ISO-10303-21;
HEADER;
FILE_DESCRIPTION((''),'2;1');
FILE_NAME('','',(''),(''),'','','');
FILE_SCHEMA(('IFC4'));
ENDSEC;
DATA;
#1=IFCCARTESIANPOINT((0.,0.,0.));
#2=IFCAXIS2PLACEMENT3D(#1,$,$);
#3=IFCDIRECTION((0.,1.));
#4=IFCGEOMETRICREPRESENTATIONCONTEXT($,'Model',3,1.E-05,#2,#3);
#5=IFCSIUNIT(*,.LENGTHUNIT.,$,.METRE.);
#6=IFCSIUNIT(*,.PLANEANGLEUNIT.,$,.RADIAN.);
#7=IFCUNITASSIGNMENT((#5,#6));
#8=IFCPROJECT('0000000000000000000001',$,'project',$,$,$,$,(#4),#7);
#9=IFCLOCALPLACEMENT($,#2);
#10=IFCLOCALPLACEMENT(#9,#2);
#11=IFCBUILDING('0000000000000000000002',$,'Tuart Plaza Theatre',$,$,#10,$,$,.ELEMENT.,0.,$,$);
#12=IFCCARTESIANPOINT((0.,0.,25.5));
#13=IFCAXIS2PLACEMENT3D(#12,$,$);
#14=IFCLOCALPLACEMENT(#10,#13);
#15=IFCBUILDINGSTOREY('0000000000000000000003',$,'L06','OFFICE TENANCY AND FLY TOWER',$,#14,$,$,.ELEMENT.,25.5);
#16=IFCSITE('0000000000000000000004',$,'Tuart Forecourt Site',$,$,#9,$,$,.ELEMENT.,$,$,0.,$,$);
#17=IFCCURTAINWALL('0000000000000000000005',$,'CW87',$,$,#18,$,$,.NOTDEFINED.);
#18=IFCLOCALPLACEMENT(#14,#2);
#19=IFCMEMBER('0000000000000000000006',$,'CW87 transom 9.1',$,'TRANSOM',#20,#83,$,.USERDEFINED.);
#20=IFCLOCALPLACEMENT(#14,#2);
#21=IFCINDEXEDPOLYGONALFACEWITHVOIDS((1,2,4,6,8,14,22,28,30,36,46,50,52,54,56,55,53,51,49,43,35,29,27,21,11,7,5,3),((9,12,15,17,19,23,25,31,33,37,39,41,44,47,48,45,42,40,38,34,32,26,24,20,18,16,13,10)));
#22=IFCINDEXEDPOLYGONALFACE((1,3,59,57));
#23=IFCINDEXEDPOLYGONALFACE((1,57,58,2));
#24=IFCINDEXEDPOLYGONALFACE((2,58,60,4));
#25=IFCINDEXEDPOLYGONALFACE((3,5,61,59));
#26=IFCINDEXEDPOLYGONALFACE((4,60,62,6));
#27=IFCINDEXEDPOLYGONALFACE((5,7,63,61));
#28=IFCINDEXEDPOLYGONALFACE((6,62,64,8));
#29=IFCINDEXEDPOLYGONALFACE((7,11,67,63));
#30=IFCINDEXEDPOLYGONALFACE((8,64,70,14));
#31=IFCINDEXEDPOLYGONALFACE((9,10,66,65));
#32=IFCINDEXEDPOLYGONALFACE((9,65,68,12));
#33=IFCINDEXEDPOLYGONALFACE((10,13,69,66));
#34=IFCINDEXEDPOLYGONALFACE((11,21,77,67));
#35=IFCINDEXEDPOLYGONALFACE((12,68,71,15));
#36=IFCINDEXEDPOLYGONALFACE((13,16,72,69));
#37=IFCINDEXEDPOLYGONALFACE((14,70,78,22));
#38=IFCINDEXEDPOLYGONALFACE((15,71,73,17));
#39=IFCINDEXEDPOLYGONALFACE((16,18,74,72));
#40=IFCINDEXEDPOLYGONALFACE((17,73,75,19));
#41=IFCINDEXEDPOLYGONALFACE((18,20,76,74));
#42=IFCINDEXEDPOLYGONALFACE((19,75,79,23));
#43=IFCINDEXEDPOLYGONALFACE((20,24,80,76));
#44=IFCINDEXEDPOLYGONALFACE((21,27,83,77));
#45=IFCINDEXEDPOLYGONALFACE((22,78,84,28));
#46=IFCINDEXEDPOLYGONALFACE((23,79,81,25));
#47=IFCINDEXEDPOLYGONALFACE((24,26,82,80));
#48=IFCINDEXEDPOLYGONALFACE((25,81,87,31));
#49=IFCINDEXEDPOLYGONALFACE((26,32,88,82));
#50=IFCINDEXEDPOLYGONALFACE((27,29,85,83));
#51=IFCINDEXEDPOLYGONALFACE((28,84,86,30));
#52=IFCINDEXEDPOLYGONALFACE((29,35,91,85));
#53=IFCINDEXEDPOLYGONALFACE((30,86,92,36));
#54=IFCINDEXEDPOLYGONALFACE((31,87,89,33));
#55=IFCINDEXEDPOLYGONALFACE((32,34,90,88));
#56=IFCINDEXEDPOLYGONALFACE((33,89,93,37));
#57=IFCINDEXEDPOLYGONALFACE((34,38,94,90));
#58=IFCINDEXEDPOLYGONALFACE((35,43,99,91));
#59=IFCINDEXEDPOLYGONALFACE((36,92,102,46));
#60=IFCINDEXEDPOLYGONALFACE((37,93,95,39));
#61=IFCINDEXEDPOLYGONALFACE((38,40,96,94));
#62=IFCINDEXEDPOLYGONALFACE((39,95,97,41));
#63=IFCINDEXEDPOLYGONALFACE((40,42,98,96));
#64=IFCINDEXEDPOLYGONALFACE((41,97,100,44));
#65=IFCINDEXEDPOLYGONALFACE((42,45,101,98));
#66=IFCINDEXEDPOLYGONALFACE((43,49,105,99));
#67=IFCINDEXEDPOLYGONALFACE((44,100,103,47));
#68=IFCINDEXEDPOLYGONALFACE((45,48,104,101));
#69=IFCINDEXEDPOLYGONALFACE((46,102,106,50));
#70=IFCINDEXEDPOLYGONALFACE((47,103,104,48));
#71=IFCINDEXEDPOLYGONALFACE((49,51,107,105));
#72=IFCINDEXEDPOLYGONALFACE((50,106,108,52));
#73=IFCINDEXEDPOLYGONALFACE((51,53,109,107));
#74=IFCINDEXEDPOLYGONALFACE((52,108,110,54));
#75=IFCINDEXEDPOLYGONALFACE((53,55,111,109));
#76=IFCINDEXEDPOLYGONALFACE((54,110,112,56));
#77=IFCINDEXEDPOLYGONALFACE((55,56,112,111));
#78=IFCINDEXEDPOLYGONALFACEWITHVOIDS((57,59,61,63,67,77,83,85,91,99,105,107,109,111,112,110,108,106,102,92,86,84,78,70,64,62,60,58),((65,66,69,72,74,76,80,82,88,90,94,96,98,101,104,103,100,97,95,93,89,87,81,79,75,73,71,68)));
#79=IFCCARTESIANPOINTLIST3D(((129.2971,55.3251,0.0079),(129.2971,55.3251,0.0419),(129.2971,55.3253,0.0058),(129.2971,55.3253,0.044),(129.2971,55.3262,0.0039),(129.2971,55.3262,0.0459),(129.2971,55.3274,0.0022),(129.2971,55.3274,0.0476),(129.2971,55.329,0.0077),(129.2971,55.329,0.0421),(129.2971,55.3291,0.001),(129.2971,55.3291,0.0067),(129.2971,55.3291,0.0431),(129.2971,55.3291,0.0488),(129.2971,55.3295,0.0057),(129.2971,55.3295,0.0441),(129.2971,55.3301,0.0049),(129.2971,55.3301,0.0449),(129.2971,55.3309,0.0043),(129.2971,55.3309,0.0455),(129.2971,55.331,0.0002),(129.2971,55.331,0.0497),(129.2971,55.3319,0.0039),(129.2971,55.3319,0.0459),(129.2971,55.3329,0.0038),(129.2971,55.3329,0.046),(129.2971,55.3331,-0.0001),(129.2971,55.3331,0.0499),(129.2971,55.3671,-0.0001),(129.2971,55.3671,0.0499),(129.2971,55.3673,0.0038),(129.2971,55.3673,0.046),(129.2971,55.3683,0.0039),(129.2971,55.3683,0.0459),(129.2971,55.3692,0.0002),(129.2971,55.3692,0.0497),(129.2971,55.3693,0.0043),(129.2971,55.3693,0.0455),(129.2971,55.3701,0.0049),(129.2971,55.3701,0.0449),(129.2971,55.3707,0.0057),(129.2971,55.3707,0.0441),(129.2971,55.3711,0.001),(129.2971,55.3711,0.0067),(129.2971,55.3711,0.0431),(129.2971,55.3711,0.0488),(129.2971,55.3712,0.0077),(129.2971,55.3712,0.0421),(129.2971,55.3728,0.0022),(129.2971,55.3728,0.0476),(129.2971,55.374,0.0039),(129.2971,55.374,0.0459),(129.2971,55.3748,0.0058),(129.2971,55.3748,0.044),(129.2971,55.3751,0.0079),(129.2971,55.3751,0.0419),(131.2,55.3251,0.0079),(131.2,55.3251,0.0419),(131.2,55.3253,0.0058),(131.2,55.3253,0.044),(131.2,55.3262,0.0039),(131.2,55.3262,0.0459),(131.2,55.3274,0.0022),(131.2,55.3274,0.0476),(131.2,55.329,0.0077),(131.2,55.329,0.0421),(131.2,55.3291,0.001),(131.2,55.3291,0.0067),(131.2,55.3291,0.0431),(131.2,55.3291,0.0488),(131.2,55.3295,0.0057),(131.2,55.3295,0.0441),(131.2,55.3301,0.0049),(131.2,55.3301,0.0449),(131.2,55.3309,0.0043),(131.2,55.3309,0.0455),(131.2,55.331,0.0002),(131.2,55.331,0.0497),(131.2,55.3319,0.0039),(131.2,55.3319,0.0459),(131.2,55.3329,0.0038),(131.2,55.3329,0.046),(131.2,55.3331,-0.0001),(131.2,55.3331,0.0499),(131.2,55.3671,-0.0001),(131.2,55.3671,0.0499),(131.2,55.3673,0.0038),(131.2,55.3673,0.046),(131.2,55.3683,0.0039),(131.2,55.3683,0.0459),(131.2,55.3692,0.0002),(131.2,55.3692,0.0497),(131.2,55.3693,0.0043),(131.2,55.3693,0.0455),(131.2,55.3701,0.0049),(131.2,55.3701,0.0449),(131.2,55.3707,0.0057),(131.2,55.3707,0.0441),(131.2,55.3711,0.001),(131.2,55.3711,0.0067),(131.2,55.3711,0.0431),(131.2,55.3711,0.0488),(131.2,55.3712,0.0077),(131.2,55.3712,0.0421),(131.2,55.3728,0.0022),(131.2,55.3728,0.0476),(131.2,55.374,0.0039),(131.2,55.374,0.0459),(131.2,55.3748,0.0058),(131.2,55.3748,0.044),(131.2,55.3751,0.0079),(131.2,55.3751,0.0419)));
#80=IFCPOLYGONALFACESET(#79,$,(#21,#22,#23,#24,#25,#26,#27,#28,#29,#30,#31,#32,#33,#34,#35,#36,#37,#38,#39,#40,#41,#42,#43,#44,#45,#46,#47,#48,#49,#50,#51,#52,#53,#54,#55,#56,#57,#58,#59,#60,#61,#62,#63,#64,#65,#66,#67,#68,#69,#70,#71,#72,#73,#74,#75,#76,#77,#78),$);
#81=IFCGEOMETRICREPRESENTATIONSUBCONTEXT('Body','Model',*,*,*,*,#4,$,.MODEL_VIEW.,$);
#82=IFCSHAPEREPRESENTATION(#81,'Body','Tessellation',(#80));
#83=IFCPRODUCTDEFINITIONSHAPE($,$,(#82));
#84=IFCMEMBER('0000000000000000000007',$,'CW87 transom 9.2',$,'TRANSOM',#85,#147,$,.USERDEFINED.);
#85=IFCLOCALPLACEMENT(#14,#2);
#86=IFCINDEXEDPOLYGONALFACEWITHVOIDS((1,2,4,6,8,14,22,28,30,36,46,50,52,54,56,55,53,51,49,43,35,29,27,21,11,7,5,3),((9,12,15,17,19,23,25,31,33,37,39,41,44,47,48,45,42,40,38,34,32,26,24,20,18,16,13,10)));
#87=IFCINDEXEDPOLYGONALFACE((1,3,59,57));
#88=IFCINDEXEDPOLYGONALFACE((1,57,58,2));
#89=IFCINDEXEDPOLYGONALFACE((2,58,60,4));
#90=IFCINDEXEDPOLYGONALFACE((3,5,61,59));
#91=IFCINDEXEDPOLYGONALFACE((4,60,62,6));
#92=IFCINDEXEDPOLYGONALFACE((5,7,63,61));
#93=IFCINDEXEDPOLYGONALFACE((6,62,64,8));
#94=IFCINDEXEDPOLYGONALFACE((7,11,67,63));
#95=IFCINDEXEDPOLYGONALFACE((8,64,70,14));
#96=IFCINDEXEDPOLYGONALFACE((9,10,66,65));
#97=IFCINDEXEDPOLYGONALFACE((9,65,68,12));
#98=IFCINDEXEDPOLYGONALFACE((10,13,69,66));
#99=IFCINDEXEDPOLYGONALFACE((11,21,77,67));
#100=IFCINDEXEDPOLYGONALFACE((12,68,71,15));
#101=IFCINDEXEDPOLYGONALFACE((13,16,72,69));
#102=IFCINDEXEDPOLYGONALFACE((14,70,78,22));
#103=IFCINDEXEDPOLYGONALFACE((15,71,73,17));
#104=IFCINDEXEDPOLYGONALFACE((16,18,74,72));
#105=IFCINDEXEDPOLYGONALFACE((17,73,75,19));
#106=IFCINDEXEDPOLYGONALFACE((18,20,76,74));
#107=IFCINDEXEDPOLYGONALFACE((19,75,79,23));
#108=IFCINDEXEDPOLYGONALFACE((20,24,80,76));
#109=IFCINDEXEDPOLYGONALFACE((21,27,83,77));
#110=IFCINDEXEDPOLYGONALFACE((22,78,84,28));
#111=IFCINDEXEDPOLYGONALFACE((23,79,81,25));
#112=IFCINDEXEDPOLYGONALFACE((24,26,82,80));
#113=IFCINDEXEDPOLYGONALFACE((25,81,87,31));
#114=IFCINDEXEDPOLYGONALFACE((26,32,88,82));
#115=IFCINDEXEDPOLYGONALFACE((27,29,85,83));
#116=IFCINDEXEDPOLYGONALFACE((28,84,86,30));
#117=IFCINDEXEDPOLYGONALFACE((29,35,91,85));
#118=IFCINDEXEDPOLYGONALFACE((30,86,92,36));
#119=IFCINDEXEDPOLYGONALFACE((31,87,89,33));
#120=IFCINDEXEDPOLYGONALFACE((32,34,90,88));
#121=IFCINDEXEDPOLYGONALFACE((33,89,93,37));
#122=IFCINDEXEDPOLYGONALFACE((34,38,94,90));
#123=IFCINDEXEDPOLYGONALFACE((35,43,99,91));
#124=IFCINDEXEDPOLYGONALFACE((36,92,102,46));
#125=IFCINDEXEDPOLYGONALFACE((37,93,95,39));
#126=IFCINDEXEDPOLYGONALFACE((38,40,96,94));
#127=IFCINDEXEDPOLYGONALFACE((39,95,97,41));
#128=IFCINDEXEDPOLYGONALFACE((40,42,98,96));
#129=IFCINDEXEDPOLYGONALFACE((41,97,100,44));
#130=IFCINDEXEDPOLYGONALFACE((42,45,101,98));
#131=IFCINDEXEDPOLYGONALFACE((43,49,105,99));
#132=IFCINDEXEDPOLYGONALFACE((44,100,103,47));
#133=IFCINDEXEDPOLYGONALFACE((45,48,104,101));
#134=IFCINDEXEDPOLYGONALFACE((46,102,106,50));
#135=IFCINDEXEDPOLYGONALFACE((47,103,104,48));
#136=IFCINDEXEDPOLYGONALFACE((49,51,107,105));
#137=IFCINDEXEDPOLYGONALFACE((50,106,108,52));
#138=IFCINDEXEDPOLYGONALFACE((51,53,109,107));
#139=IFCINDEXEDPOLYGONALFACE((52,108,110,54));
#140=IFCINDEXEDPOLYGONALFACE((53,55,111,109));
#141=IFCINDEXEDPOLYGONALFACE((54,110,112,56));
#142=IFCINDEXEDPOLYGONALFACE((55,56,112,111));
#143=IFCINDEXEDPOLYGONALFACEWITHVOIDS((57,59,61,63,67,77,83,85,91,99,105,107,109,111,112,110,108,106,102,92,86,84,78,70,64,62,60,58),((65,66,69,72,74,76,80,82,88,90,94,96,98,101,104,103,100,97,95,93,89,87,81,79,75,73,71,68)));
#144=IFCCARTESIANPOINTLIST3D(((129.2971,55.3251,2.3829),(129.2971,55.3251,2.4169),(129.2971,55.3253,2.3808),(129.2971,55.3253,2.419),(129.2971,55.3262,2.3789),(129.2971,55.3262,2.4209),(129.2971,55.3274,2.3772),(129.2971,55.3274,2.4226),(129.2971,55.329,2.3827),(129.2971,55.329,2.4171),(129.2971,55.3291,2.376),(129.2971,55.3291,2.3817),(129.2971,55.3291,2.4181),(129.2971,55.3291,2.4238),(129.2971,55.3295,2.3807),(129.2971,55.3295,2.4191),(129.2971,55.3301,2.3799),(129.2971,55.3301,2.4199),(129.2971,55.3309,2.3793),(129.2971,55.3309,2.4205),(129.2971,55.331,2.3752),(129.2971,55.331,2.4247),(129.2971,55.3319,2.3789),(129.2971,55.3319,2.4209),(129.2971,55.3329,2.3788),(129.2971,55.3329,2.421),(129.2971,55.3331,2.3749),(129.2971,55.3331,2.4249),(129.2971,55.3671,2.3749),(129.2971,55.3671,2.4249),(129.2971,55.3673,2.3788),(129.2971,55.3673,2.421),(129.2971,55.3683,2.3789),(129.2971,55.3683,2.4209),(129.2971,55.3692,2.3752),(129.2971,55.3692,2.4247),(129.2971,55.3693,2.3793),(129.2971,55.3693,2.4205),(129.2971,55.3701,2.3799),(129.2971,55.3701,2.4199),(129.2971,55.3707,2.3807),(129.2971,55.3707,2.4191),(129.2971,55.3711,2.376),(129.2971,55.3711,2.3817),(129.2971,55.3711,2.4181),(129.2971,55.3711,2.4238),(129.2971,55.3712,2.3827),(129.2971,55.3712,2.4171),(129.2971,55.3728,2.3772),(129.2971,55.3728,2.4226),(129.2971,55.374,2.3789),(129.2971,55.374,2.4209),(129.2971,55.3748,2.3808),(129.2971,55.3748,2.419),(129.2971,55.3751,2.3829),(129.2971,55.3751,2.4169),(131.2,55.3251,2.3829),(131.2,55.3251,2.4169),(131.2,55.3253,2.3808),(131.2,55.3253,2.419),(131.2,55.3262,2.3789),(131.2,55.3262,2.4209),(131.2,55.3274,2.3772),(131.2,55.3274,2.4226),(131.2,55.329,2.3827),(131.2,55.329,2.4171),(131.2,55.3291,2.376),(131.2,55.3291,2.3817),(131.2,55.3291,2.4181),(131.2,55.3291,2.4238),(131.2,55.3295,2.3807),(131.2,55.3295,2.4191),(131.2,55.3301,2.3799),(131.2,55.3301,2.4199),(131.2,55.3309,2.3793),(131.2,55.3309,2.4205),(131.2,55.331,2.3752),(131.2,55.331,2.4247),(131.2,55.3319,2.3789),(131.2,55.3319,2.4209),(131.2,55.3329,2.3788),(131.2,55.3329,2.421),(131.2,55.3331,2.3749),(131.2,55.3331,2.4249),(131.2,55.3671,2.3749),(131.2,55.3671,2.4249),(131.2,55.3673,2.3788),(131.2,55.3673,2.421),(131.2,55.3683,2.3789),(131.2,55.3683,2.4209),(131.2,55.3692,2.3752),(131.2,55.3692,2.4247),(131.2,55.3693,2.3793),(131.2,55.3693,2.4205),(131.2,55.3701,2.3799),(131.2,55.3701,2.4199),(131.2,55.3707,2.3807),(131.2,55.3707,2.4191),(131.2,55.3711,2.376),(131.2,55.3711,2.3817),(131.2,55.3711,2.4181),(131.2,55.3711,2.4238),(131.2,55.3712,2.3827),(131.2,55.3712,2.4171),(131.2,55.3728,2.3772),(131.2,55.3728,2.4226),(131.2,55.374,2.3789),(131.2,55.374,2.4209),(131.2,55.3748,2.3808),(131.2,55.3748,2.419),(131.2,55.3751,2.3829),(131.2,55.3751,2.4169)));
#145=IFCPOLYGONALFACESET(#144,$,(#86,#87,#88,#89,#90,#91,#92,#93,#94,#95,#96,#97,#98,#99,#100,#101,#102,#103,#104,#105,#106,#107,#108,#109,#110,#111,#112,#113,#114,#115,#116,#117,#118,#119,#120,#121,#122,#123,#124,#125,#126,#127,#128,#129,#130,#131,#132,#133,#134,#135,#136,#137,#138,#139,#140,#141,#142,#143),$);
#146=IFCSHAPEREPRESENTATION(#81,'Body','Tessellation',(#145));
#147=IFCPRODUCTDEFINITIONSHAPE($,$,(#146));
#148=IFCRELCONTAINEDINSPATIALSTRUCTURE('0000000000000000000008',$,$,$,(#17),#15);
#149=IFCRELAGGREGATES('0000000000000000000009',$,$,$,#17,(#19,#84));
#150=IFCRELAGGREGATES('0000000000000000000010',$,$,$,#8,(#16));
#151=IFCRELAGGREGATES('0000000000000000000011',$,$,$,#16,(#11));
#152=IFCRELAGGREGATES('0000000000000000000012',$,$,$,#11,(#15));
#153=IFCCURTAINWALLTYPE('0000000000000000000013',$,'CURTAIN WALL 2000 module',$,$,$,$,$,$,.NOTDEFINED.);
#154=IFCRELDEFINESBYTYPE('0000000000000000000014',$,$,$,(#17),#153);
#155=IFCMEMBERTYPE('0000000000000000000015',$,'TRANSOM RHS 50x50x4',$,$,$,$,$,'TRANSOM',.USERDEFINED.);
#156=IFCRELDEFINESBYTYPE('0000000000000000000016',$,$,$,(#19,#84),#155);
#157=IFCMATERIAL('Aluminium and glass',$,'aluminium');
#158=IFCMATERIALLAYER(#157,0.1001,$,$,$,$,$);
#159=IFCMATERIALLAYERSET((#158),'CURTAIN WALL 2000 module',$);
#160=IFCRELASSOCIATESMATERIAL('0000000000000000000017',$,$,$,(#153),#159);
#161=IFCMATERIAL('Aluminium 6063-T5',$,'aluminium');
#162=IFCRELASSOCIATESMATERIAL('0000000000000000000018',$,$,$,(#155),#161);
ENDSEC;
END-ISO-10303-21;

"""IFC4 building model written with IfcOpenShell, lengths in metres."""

from ifc_helpers import new_model, si_unit, direction, frame, origin, origin_2d, place, context, subcontext, project, spatial, hollow_rectangle, extrude, material, layer, layer_set, material_profile, profile_set, type_object, element, aggregate, save


model = new_model("IFC4")

# Units and contexts
model_context = context("Model", 3, precision=1e-05, world=origin(), true_north=direction((0.0, 1.0)))
body_context = subcontext(model_context, "Body", "Model", "MODEL_VIEW")
ifc_project = project(units=[si_unit("LENGTHUNIT", "METRE"), si_unit("PLANEANGLEUNIT", "RADIAN")], contexts=[model_context])

# Site, building, storey
site_placement = place(None, origin())
site = spatial("IfcSite", under=ifc_project, at=site_placement, Name="Tuart Forecourt Site", CompositionType="ELEMENT", RefElevation=0.0)
building_placement = place(site_placement, origin())
building = spatial("IfcBuilding", under=site, at=building_placement, Name="Tuart Plaza Theatre", CompositionType="ELEMENT", ElevationOfRefHeight=0.0)
storey_placement = place(building_placement, frame((0.0, 0.0, 25.5)))
storey = spatial("IfcBuildingStorey", under=building, at=storey_placement, Name="L06", Description="OFFICE TENANCY AND FLY TOWER", CompositionType="ELEMENT", Elevation=25.5)

# Shared definitions
ifc_material_1 = material(Name="Aluminium and glass", Category="aluminium")
ifc_layer_1 = layer(ifc_material_1, 0.1001)
ifc_layer_set_1 = layer_set([ifc_layer_1], Name="CURTAIN WALL 2000 module")
curtain_wall_type = type_object("IfcCurtainWallType", Name="CURTAIN WALL 2000 module", PredefinedType="NOTDEFINED", material=ifc_layer_set_1)

# Curtain wall
curtain_wall_1_placement = place(storey_placement, origin())
curtain_wall_1 = element("IfcCurtainWall", 1, at=curtain_wall_1_placement, inside=storey, type_object=curtain_wall_type, Name="CW87", PredefinedType="NOTDEFINED")

# Members
ifc_material_2 = material(Name="Aluminium 6063-T5", Category="aluminium")
ifc_material_profile_1 = material_profile(ifc_material_2, hollow_rectangle(XDim=0.05, YDim=0.05, WallThickness=0.0039, InnerFilletRadius=0.0039, OuterFilletRadius=0.0081, at=origin_2d()), Name="RHS 50x50x4")
ifc_profile_set_1 = profile_set([ifc_material_profile_1], Name="Aluminium 6063-T5")
member_type_1 = type_object("IfcMemberType", Name="TRANSOM RHS 50x50x4", ElementType="TRANSOM", PredefinedType="USERDEFINED", material=ifc_profile_set_1)
member_1_placement = place(storey_placement, frame((129.2971, 55.3501, 0.0249), z_axis=(1.0, 0.0, 0.0), x_axis=(0.0, 1.0, 0.0)))
member_1 = element("IfcMember", 2, at=member_1_placement, type_object=member_type_1, Name="CW87 transom 9.1", ObjectType="TRANSOM", PredefinedType="USERDEFINED", context=body_context, shape_type="SweptSolid", body=[
    extrude(hollow_rectangle(XDim=0.05, YDim=0.05, WallThickness=0.0039, InnerFilletRadius=0.0039, OuterFilletRadius=0.0081, at=origin_2d()), origin(), (0.0, 0.0, 1.0), 1.9028),
])
member_2_placement = place(storey_placement, frame((129.2971, 55.3501, 2.3999), z_axis=(1.0, 0.0, 0.0), x_axis=(0.0, 1.0, 0.0)))
member_2 = element("IfcMember", 3, at=member_2_placement, type_object=member_type_1, Name="CW87 transom 9.2", ObjectType="TRANSOM", PredefinedType="USERDEFINED", context=body_context, shape_type="SweptSolid", body=[
    extrude(hollow_rectangle(XDim=0.05, YDim=0.05, WallThickness=0.0039, InnerFilletRadius=0.0039, OuterFilletRadius=0.0081, at=origin_2d()), origin(), (0.0, 0.0, 1.0), 1.9028),
])

aggregate(curtain_wall_1, [member_1, member_2])

save(model, "model.ifc")
